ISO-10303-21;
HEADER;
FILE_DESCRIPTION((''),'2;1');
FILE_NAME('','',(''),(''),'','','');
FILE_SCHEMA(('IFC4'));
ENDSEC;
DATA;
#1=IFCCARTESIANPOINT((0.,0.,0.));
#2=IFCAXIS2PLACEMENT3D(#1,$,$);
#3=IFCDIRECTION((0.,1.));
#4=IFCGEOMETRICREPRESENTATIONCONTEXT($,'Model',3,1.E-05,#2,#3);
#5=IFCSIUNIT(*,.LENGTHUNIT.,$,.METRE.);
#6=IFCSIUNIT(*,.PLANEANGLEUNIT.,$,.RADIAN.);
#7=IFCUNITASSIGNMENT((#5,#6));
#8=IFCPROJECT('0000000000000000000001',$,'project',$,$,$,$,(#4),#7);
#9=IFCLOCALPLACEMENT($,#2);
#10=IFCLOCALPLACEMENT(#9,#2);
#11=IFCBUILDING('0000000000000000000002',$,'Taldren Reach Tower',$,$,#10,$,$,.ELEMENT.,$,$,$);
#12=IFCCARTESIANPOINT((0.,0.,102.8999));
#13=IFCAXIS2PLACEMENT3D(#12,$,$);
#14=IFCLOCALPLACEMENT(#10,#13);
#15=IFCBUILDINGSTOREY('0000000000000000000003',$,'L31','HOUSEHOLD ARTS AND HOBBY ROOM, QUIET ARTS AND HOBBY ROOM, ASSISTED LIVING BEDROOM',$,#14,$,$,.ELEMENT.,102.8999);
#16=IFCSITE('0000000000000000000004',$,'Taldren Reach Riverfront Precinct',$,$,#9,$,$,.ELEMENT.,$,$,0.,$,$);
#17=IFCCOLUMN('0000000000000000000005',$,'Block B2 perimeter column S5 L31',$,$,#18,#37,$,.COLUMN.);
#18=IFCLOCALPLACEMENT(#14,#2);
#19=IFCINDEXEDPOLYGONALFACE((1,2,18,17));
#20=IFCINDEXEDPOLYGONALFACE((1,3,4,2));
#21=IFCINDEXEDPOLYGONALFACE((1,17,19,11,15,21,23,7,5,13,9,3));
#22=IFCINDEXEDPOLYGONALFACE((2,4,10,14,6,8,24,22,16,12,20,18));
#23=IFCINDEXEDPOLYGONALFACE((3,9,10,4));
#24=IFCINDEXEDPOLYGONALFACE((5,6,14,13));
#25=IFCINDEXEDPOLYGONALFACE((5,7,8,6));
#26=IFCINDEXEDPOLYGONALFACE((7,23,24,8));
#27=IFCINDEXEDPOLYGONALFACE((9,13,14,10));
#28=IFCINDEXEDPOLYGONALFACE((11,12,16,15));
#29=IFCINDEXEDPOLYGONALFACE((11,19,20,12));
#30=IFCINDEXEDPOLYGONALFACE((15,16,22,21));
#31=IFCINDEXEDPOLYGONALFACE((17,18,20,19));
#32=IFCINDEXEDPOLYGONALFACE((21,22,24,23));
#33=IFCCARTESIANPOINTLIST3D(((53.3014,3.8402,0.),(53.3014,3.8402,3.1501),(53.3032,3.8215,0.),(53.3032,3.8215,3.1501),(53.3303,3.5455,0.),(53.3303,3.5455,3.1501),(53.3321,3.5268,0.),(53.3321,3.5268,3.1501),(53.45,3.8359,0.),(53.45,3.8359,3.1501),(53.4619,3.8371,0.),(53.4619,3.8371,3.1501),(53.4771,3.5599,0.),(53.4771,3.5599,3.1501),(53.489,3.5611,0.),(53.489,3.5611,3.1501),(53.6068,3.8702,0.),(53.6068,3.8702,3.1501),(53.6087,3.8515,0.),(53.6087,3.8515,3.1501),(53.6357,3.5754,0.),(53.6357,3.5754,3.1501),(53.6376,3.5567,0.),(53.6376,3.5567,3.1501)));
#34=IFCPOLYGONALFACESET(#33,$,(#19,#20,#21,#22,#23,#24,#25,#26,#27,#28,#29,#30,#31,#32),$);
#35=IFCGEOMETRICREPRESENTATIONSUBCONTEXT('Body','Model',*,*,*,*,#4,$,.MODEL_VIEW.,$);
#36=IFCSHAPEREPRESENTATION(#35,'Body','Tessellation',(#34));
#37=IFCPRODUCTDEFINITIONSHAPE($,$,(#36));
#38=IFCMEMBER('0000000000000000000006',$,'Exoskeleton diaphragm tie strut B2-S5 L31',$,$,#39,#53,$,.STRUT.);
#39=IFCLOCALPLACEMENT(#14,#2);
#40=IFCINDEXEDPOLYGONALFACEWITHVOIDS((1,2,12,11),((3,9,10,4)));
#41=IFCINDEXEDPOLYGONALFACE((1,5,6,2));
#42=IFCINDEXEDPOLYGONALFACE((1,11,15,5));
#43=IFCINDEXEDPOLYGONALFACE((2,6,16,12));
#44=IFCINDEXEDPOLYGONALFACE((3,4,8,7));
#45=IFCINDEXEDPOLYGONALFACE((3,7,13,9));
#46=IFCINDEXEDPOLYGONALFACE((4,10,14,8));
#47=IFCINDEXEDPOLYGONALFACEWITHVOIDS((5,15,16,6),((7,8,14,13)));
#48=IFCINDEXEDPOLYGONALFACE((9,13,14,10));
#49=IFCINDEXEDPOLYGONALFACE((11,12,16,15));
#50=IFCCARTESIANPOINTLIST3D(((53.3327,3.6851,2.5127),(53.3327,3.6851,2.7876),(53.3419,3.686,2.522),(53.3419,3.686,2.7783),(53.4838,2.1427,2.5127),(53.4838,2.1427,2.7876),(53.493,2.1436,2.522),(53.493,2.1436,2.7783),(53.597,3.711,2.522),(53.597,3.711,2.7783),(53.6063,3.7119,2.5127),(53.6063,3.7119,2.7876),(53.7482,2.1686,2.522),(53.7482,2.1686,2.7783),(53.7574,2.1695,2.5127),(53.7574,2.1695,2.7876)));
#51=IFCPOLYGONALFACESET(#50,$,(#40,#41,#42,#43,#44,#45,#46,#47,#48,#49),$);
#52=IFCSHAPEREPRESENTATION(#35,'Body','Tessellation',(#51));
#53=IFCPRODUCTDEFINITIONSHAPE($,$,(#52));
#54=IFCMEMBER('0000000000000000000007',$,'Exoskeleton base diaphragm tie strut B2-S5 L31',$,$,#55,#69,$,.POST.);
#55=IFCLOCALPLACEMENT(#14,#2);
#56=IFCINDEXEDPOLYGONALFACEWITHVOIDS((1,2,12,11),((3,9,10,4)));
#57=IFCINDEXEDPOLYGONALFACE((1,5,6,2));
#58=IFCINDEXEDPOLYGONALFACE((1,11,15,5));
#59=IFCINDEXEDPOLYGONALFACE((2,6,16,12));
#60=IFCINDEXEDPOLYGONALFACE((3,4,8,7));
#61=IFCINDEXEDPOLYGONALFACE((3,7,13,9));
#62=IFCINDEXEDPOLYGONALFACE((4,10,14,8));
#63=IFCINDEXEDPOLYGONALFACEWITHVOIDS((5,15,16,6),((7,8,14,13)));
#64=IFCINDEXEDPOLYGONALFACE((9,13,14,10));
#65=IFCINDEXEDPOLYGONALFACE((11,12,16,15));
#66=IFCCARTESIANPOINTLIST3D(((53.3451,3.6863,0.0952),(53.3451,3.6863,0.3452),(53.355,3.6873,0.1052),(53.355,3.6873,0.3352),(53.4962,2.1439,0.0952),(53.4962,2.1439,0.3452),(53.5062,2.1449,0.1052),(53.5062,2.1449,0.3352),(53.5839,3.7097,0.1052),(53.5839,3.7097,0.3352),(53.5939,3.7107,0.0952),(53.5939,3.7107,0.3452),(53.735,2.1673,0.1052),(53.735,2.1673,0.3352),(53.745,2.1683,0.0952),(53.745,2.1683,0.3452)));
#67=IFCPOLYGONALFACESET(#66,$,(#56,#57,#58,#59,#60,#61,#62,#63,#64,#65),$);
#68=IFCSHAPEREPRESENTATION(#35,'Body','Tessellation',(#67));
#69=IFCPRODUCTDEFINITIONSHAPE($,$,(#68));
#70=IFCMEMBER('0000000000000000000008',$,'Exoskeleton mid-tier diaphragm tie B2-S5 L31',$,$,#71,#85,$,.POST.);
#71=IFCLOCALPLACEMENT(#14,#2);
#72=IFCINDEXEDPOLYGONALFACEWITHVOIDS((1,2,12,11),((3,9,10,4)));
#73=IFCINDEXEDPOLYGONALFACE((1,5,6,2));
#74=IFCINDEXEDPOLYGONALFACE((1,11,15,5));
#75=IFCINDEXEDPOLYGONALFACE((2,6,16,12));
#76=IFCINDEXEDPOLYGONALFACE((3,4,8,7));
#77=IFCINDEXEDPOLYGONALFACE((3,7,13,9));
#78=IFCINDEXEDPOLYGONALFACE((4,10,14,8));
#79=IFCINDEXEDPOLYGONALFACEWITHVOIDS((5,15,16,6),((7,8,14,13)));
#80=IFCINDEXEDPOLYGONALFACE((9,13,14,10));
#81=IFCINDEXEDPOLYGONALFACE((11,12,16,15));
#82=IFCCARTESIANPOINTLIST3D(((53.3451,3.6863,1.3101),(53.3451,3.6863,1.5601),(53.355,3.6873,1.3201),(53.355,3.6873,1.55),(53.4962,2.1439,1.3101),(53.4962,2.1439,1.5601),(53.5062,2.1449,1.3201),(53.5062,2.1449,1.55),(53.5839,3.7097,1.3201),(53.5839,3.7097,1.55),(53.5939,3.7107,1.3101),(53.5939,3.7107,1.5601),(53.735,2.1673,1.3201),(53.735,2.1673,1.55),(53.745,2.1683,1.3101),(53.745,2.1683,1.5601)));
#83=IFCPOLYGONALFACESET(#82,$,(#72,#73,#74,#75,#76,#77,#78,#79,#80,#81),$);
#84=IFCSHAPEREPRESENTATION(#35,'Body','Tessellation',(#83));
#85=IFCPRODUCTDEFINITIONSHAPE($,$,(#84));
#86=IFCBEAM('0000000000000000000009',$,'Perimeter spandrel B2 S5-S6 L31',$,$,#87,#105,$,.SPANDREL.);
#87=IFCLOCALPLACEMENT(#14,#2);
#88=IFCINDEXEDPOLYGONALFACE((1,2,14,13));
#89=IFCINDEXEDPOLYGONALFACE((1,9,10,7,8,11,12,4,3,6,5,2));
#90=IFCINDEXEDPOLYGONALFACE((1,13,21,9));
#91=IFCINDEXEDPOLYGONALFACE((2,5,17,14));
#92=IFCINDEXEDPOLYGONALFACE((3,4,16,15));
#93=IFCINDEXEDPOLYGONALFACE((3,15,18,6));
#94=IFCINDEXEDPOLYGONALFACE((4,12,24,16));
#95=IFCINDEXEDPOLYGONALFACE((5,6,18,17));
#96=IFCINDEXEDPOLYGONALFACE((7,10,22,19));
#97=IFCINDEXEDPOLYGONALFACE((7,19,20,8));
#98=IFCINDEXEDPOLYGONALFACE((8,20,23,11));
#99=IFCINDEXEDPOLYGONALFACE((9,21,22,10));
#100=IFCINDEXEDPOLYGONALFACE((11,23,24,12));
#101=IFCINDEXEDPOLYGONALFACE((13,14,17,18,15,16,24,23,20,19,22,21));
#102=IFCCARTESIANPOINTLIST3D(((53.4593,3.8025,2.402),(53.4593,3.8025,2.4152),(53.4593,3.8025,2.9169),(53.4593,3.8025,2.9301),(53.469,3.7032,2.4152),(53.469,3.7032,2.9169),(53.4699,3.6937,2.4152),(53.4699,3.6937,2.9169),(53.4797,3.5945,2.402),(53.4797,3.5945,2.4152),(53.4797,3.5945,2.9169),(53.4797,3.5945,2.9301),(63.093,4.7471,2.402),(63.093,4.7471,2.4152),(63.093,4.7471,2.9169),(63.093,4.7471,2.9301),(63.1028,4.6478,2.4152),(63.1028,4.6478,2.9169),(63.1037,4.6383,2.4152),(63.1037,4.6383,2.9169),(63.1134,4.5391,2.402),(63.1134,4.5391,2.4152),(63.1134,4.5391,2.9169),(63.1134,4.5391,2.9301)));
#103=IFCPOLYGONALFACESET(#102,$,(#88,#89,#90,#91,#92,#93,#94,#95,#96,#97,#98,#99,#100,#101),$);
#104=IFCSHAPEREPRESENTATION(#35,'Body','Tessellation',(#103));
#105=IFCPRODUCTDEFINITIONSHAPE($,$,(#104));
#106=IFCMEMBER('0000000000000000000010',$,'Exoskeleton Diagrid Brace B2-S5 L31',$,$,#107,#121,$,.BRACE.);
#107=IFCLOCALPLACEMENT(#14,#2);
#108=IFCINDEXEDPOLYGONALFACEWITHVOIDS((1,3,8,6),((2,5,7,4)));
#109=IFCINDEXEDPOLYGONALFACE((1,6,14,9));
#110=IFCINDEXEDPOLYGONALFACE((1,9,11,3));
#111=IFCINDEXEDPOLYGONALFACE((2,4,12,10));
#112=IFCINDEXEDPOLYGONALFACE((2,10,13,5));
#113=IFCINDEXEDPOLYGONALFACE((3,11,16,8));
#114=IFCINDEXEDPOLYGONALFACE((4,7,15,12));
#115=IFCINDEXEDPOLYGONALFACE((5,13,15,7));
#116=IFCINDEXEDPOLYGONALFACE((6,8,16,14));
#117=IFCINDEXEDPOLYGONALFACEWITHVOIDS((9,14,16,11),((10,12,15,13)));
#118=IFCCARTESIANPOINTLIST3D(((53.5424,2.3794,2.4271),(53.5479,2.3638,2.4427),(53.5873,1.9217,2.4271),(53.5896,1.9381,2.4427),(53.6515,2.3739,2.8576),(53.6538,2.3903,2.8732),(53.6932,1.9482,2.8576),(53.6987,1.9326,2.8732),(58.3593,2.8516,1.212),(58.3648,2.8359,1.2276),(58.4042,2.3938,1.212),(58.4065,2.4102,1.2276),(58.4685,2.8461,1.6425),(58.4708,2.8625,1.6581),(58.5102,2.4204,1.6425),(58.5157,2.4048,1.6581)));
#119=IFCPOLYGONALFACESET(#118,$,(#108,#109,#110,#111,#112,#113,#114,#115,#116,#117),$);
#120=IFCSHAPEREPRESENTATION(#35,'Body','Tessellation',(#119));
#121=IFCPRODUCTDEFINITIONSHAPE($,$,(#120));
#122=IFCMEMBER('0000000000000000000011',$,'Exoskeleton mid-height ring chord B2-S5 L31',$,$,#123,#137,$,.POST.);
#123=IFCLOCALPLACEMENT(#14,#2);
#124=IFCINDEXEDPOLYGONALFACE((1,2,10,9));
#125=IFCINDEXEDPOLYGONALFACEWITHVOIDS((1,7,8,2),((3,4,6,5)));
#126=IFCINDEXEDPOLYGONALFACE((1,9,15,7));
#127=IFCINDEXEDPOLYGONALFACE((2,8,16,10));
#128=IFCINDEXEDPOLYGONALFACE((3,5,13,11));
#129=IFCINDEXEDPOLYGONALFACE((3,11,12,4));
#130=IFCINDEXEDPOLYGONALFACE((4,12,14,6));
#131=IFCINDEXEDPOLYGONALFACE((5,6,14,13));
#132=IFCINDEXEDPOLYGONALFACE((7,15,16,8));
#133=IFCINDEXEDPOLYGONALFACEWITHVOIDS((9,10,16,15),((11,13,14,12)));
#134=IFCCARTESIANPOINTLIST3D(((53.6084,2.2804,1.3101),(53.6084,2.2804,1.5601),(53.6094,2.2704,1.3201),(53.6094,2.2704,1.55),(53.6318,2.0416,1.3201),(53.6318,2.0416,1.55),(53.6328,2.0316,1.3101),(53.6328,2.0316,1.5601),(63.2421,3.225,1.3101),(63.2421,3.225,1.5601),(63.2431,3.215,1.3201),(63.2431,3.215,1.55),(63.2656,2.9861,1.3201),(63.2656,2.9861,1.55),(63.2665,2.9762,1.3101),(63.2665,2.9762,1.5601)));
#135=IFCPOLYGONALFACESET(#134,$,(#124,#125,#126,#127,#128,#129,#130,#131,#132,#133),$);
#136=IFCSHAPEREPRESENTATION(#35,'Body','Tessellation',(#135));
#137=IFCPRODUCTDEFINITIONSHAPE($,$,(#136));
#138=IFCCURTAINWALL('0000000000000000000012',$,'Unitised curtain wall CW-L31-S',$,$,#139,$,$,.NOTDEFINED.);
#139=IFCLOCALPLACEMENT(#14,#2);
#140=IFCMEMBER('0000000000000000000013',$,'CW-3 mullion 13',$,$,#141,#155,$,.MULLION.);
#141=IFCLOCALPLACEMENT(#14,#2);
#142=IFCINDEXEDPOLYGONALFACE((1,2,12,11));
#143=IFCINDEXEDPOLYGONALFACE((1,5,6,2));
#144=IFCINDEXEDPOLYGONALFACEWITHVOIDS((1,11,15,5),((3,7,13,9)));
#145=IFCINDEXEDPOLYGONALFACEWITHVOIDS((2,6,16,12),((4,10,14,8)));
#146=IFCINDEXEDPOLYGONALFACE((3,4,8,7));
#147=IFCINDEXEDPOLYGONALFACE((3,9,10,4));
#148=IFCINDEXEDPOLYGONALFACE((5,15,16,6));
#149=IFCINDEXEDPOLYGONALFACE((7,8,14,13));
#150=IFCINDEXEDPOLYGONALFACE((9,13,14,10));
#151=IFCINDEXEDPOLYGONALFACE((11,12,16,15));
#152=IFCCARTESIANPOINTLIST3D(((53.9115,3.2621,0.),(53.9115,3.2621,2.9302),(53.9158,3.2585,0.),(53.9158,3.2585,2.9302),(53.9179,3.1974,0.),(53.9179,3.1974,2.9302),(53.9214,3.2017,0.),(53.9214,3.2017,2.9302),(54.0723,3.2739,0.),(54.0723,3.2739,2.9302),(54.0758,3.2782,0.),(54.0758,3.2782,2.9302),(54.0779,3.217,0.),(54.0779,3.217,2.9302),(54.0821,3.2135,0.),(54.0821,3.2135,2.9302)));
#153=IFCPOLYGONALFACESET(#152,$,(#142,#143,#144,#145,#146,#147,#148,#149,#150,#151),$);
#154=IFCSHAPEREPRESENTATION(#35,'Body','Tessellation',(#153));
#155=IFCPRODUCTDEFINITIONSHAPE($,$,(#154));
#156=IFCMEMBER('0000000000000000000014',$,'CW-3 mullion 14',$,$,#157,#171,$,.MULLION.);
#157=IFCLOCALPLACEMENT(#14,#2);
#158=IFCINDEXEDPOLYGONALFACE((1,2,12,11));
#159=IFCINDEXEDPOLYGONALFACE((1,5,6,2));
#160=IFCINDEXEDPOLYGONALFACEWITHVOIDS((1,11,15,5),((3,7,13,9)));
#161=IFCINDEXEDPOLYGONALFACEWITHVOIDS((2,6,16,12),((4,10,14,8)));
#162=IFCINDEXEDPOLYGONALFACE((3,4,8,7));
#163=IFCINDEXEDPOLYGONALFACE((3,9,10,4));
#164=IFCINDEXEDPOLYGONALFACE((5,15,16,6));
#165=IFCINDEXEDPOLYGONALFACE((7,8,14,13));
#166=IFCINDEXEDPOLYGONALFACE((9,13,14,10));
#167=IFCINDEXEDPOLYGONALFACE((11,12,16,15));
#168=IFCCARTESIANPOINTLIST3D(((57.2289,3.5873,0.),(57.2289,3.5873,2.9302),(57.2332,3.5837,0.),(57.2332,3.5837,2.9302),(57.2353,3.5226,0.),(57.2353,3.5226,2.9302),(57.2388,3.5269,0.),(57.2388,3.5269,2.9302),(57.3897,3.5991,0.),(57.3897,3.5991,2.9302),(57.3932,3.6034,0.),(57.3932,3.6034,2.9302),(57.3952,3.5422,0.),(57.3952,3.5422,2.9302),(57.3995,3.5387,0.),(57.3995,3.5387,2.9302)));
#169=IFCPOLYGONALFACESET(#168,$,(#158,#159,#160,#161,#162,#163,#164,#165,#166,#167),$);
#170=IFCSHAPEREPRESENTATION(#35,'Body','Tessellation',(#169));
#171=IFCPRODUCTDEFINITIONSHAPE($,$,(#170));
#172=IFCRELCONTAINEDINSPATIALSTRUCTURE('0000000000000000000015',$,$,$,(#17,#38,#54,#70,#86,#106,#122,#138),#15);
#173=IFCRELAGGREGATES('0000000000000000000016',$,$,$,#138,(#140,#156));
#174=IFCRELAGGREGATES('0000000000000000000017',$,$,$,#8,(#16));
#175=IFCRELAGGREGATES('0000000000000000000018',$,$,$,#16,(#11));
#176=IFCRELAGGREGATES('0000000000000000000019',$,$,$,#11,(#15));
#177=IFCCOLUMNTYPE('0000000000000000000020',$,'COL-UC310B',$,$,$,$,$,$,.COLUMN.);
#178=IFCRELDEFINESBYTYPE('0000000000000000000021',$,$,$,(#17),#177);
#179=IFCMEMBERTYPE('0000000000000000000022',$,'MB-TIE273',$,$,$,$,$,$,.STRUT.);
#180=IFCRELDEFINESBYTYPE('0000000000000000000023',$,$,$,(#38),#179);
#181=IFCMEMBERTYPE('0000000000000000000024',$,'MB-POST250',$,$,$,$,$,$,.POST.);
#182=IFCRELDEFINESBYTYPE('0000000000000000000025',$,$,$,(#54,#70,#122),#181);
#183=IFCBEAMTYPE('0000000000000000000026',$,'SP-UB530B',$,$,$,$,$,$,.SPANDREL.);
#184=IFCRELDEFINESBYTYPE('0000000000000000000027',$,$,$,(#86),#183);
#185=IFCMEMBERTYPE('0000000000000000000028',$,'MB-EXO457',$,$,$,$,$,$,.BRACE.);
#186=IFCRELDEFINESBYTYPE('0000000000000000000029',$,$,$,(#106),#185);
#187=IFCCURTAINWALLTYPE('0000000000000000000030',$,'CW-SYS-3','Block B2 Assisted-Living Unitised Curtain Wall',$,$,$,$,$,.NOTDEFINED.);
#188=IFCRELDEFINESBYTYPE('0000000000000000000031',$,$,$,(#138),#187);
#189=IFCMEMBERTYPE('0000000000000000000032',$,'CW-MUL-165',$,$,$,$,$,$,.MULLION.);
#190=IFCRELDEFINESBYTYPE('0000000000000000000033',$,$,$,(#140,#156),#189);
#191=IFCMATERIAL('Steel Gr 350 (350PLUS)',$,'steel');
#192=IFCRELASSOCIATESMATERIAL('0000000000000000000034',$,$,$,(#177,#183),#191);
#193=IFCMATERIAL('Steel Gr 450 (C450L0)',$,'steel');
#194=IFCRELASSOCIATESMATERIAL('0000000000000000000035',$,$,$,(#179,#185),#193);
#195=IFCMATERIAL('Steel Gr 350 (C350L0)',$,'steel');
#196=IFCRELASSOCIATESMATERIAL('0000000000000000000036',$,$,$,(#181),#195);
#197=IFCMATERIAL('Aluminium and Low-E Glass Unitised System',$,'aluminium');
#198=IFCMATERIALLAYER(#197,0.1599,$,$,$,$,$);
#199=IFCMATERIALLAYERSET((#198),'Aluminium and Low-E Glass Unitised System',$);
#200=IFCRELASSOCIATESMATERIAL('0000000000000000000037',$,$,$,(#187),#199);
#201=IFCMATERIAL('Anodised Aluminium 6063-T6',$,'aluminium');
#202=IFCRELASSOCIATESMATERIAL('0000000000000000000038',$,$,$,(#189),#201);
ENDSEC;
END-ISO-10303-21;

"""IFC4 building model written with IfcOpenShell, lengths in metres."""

from ifc_helpers import new_model, si_unit, direction, frame, origin, origin_2d, place, context, subcontext, project, spatial, hollow_rectangle, i_section, extrude, source, transform, mapped, material, layer, layer_set, material_profile, profile_set, type_object, element, aggregate, save


model = new_model("IFC4")

# Units and contexts
model_context = context("Model", 3, precision=1e-05, world=origin(), true_north=direction((0.0, 1.0)))
body_context = subcontext(model_context, "Body", "Model", "MODEL_VIEW")
ifc_project = project(units=[si_unit("LENGTHUNIT", "METRE"), si_unit("PLANEANGLEUNIT", "RADIAN")], contexts=[model_context])

# Site, building, storey
site_placement = place(None, origin())
site = spatial("IfcSite", under=ifc_project, at=site_placement, Name="Taldren Reach Riverfront Precinct", CompositionType="ELEMENT", RefElevation=0.0)
building_placement = place(site_placement, origin())
building = spatial("IfcBuilding", under=site, at=building_placement, Name="Taldren Reach Tower", CompositionType="ELEMENT")
storey_placement = place(building_placement, frame((0.0, 0.0, 102.8999)))
storey = spatial("IfcBuildingStorey", under=building, at=storey_placement, Name="L31", Description="HOUSEHOLD ARTS AND HOBBY ROOM, QUIET ARTS AND HOBBY ROOM, ASSISTED LIVING BEDROOM", CompositionType="ELEMENT", Elevation=102.8999)

# Column
ifc_material_1 = material(Name="Steel Gr 350 (350PLUS)", Category="steel")
ifc_material_profile_1 = material_profile(ifc_material_1, i_section(OverallWidth=0.3069, OverallDepth=0.3149, WebThickness=0.012, FlangeThickness=0.0188, at=origin_2d()), Name="310UC118")
ifc_profile_set_1 = profile_set([ifc_material_profile_1], Name="Steel Gr 350 (350PLUS)")
column_type = type_object("IfcColumnType", Name="COL-UC310B", PredefinedType="COLUMN", material=ifc_profile_set_1)
shared_shape_1 = source(origin(), body_context, "Body", "SweptSolid", [
    extrude(i_section(OverallWidth=0.3069, OverallDepth=0.3149, WebThickness=0.012, FlangeThickness=0.0188, at=origin_2d()), origin(), (0.0, 0.0, 1.0), 3.1501),
])
column_placement = place(storey_placement, frame((53.4695, 3.6985, 0.0), z_axis=(0.0, 0.0, 1.0), x_axis=(0.995227, 0.097583, 0.0)))
element("IfcColumn", 1, at=column_placement, inside=storey, type_object=column_type, Name="Block B2 perimeter column S5 L31", PredefinedType="COLUMN", context=body_context, shape_type="MappedRepresentation", body=[
    mapped(shared_shape_1, transform((0.0, 0.0, 0.0), scale=1.0)),
])

# Members
ifc_material_2 = material(Name="Steel Gr 450 (C450L0)", Category="steel")
ifc_material_profile_2 = material_profile(ifc_material_2, hollow_rectangle(XDim=0.2749, YDim=0.2749, WallThickness=0.0093, at=origin_2d()), Name="275x275x9.3SHS")
ifc_profile_set_2 = profile_set([ifc_material_profile_2], Name="Steel Gr 450 (C450L0)")
member_type_1 = type_object("IfcMemberType", Name="MB-TIE273", PredefinedType="STRUT", material=ifc_profile_set_2)
shared_shape_2 = source(origin(), body_context, "Body", "SweptSolid", [
    extrude(hollow_rectangle(XDim=0.2749, YDim=0.2749, WallThickness=0.0093, at=origin_2d()), origin(), (0.0, 0.0, 1.0), 1.5498),
])
member_1_placement = place(storey_placement, frame((53.4695, 3.6985, 2.6501), z_axis=(0.097507, -0.995235, 0.0), x_axis=(0.995235, 0.097507, 0.0)))
element("IfcMember", 2, at=member_1_placement, inside=storey, type_object=member_type_1, Name="Exoskeleton diaphragm tie strut B2-S5 L31", PredefinedType="STRUT", context=body_context, shape_type="MappedRepresentation", body=[
    mapped(shared_shape_2, transform((0.0, 0.0, 0.0), scale=1.0)),
])
ifc_material_3 = material(Name="Steel Gr 350 (C350L0)", Category="steel")
ifc_material_profile_3 = material_profile(ifc_material_3, hollow_rectangle(XDim=0.25, YDim=0.25, WallThickness=0.01, at=origin_2d()), Name="250x250x10.0SHS")
ifc_profile_set_3 = profile_set([ifc_material_profile_3], Name="Steel Gr 350 (C350L0)")
member_type_2 = type_object("IfcMemberType", Name="MB-POST250", PredefinedType="POST", material=ifc_profile_set_3)
shared_shape_3 = source(origin(), body_context, "Body", "SweptSolid", [
    extrude(hollow_rectangle(XDim=0.25, YDim=0.25, WallThickness=0.01, at=origin_2d()), origin(), (0.0, 0.0, 1.0), 1.5498),
])
for number, where, z_axis, x_axis, name in (
    (3, (53.4695, 3.6985, 0.2202), (0.097507, -0.995235, 0.0), (0.995235, 0.097507, 0.0), "Exoskeleton base diaphragm tie strut B2-S5 L31"),
    (4, (53.4695, 3.6985, 1.4351), (0.097507, -0.995235, 0.0), (0.995235, 0.097507, 0.0), "Exoskeleton mid-tier diaphragm tie B2-S5 L31"),
):
    element("IfcMember", number, at=place(storey_placement, frame(where, z_axis=z_axis, x_axis=x_axis)), inside=storey, type_object=member_type_2, Name=name, PredefinedType="POST", context=body_context, shape_type="MappedRepresentation", body=[
        mapped(shared_shape_3, transform((0.0, 0.0, 0.0), scale=1.0)),
    ])

# Beam
ifc_material_profile_4 = material_profile(ifc_material_1, i_section(OverallWidth=0.209, OverallDepth=0.5281, WebThickness=0.0095, FlangeThickness=0.0132, at=origin_2d()), Name="530UB82.0")
ifc_profile_set_4 = profile_set([ifc_material_profile_4], Name="Steel Gr 350 (350PLUS)")
beam_type = type_object("IfcBeamType", Name="SP-UB530B", PredefinedType="SPANDREL", material=ifc_profile_set_4)
shared_shape_4 = source(origin(), body_context, "Body", "SweptSolid", [
    extrude(i_section(OverallWidth=0.209, OverallDepth=0.5281, WebThickness=0.0095, FlangeThickness=0.0132, at=origin_2d()), origin(), (0.0, 0.0, 1.0), 9.6799),
])
beam_placement = place(storey_placement, frame((53.4695, 3.6985, 2.666), z_axis=(0.995228, 0.097581, 0.0), x_axis=(-0.097581, 0.995228, 0.0)))
element("IfcBeam", 5, at=beam_placement, inside=storey, type_object=beam_type, Name="Perimeter spandrel B2 S5-S6 L31", PredefinedType="SPANDREL", context=body_context, shape_type="MappedRepresentation", body=[
    mapped(shared_shape_4, transform((0.0, 0.0, 0.0), scale=1.0)),
])

# Members
ifc_material_profile_5 = material_profile(ifc_material_2, hollow_rectangle(XDim=0.46, YDim=0.46, WallThickness=0.0161, at=origin_2d()), Name="460x460x16.0SHS")
ifc_profile_set_5 = profile_set([ifc_material_profile_5], Name="Steel Gr 450 (C450L0)")
member_type_3 = type_object("IfcMemberType", Name="MB-EXO457", PredefinedType="BRACE", material=ifc_profile_set_5)
shared_shape_5 = source(origin(), body_context, "Body", "SweptSolid", [
    extrude(hollow_rectangle(XDim=0.46, YDim=0.46, WallThickness=0.0161, at=origin_2d()), origin(), (0.0, 0.0, 1.0), 4.9902),
])
member_2_placement = place(storey_placement, frame((58.4375, 2.6282, 1.4351), z_axis=(-0.965276, -0.09462, 0.243496), x_axis=(0.097556, -0.99523, 0.0)))
element("IfcMember", 6, at=member_2_placement, inside=storey, type_object=member_type_3, Name="Exoskeleton Diagrid Brace B2-S5 L31", PredefinedType="BRACE", context=body_context, shape_type="MappedRepresentation", body=[
    mapped(shared_shape_5, transform((0.0, 0.0, 0.0), scale=1.0)),
])
shared_shape_6 = source(origin(), body_context, "Body", "SweptSolid", [
    extrude(hollow_rectangle(XDim=0.25, YDim=0.25, WallThickness=0.01, at=origin_2d()), origin(), (0.0, 0.0, 1.0), 9.6799),
])
member_3_placement = place(storey_placement, frame((53.6206, 2.156, 1.4351), z_axis=(0.995228, 0.097581, 0.0), x_axis=(-0.097581, 0.995228, 0.0)))
element("IfcMember", 7, at=member_3_placement, inside=storey, type_object=member_type_2, Name="Exoskeleton mid-height ring chord B2-S5 L31", PredefinedType="POST", context=body_context, shape_type="MappedRepresentation", body=[
    mapped(shared_shape_6, transform((0.0, 0.0, 0.0), scale=1.0)),
])

# Curtain wall, members
ifc_material_4 = material(Name="Aluminium and Low-E Glass Unitised System", Category="aluminium")
ifc_layer_1 = layer(ifc_material_4, 0.1599)
ifc_layer_set_1 = layer_set([ifc_layer_1], Name="Aluminium and Low-E Glass Unitised System")
curtain_wall_type = type_object("IfcCurtainWallType", Name="CW-SYS-3", Description="Block B2 Assisted-Living Unitised Curtain Wall", PredefinedType="NOTDEFINED", material=ifc_layer_set_1)
curtain_wall_placement = place(storey_placement, origin())
curtain_wall = element("IfcCurtainWall", 8, at=curtain_wall_placement, inside=storey, type_object=curtain_wall_type, Name="Unitised curtain wall CW-L31-S", PredefinedType="NOTDEFINED")
ifc_material_5 = material(Name="Anodised Aluminium 6063-T6", Category="aluminium")
ifc_material_profile_6 = material_profile(ifc_material_5, hollow_rectangle(XDim=0.0649, YDim=0.165, WallThickness=0.0039, at=origin_2d()), Name="ALU-165x65x4RHS")
ifc_profile_set_6 = profile_set([ifc_material_profile_6], Name="Anodised Aluminium 6063-T6")
member_type_4 = type_object("IfcMemberType", Name="CW-MUL-165", PredefinedType="MULLION", material=ifc_profile_set_6)
shared_shape_7 = source(origin(), body_context, "Body", "SweptSolid", [
    extrude(hollow_rectangle(XDim=0.0649, YDim=0.165, WallThickness=0.0039, at=origin_2d()), origin(), (0.0, 0.0, 1.0), 2.9302),
])
member_4_placement = place(storey_placement, frame((53.9968, 3.2378, 0.0), z_axis=(0.0, 0.0, 1.0), x_axis=(-0.097583, 0.995227, 0.0)))
member_4 = element("IfcMember", 9, at=member_4_placement, type_object=member_type_4, Name="CW-3 mullion 13", PredefinedType="MULLION", context=body_context, shape_type="MappedRepresentation", body=[
    mapped(shared_shape_7, transform((0.0, 0.0, 0.0), scale=1.0)),
])
member_5_placement = place(storey_placement, frame((57.3142, 3.563, 0.0), z_axis=(0.0, 0.0, 1.0), x_axis=(-0.097583, 0.995227, 0.0)))
member_5 = element("IfcMember", 10, at=member_5_placement, type_object=member_type_4, Name="CW-3 mullion 14", PredefinedType="MULLION", context=body_context, shape_type="MappedRepresentation", body=[
    mapped(shared_shape_7, transform((0.0, 0.0, 0.0), scale=1.0)),
])

aggregate(curtain_wall, [member_4, member_5])

save(model, "model.ifc")
